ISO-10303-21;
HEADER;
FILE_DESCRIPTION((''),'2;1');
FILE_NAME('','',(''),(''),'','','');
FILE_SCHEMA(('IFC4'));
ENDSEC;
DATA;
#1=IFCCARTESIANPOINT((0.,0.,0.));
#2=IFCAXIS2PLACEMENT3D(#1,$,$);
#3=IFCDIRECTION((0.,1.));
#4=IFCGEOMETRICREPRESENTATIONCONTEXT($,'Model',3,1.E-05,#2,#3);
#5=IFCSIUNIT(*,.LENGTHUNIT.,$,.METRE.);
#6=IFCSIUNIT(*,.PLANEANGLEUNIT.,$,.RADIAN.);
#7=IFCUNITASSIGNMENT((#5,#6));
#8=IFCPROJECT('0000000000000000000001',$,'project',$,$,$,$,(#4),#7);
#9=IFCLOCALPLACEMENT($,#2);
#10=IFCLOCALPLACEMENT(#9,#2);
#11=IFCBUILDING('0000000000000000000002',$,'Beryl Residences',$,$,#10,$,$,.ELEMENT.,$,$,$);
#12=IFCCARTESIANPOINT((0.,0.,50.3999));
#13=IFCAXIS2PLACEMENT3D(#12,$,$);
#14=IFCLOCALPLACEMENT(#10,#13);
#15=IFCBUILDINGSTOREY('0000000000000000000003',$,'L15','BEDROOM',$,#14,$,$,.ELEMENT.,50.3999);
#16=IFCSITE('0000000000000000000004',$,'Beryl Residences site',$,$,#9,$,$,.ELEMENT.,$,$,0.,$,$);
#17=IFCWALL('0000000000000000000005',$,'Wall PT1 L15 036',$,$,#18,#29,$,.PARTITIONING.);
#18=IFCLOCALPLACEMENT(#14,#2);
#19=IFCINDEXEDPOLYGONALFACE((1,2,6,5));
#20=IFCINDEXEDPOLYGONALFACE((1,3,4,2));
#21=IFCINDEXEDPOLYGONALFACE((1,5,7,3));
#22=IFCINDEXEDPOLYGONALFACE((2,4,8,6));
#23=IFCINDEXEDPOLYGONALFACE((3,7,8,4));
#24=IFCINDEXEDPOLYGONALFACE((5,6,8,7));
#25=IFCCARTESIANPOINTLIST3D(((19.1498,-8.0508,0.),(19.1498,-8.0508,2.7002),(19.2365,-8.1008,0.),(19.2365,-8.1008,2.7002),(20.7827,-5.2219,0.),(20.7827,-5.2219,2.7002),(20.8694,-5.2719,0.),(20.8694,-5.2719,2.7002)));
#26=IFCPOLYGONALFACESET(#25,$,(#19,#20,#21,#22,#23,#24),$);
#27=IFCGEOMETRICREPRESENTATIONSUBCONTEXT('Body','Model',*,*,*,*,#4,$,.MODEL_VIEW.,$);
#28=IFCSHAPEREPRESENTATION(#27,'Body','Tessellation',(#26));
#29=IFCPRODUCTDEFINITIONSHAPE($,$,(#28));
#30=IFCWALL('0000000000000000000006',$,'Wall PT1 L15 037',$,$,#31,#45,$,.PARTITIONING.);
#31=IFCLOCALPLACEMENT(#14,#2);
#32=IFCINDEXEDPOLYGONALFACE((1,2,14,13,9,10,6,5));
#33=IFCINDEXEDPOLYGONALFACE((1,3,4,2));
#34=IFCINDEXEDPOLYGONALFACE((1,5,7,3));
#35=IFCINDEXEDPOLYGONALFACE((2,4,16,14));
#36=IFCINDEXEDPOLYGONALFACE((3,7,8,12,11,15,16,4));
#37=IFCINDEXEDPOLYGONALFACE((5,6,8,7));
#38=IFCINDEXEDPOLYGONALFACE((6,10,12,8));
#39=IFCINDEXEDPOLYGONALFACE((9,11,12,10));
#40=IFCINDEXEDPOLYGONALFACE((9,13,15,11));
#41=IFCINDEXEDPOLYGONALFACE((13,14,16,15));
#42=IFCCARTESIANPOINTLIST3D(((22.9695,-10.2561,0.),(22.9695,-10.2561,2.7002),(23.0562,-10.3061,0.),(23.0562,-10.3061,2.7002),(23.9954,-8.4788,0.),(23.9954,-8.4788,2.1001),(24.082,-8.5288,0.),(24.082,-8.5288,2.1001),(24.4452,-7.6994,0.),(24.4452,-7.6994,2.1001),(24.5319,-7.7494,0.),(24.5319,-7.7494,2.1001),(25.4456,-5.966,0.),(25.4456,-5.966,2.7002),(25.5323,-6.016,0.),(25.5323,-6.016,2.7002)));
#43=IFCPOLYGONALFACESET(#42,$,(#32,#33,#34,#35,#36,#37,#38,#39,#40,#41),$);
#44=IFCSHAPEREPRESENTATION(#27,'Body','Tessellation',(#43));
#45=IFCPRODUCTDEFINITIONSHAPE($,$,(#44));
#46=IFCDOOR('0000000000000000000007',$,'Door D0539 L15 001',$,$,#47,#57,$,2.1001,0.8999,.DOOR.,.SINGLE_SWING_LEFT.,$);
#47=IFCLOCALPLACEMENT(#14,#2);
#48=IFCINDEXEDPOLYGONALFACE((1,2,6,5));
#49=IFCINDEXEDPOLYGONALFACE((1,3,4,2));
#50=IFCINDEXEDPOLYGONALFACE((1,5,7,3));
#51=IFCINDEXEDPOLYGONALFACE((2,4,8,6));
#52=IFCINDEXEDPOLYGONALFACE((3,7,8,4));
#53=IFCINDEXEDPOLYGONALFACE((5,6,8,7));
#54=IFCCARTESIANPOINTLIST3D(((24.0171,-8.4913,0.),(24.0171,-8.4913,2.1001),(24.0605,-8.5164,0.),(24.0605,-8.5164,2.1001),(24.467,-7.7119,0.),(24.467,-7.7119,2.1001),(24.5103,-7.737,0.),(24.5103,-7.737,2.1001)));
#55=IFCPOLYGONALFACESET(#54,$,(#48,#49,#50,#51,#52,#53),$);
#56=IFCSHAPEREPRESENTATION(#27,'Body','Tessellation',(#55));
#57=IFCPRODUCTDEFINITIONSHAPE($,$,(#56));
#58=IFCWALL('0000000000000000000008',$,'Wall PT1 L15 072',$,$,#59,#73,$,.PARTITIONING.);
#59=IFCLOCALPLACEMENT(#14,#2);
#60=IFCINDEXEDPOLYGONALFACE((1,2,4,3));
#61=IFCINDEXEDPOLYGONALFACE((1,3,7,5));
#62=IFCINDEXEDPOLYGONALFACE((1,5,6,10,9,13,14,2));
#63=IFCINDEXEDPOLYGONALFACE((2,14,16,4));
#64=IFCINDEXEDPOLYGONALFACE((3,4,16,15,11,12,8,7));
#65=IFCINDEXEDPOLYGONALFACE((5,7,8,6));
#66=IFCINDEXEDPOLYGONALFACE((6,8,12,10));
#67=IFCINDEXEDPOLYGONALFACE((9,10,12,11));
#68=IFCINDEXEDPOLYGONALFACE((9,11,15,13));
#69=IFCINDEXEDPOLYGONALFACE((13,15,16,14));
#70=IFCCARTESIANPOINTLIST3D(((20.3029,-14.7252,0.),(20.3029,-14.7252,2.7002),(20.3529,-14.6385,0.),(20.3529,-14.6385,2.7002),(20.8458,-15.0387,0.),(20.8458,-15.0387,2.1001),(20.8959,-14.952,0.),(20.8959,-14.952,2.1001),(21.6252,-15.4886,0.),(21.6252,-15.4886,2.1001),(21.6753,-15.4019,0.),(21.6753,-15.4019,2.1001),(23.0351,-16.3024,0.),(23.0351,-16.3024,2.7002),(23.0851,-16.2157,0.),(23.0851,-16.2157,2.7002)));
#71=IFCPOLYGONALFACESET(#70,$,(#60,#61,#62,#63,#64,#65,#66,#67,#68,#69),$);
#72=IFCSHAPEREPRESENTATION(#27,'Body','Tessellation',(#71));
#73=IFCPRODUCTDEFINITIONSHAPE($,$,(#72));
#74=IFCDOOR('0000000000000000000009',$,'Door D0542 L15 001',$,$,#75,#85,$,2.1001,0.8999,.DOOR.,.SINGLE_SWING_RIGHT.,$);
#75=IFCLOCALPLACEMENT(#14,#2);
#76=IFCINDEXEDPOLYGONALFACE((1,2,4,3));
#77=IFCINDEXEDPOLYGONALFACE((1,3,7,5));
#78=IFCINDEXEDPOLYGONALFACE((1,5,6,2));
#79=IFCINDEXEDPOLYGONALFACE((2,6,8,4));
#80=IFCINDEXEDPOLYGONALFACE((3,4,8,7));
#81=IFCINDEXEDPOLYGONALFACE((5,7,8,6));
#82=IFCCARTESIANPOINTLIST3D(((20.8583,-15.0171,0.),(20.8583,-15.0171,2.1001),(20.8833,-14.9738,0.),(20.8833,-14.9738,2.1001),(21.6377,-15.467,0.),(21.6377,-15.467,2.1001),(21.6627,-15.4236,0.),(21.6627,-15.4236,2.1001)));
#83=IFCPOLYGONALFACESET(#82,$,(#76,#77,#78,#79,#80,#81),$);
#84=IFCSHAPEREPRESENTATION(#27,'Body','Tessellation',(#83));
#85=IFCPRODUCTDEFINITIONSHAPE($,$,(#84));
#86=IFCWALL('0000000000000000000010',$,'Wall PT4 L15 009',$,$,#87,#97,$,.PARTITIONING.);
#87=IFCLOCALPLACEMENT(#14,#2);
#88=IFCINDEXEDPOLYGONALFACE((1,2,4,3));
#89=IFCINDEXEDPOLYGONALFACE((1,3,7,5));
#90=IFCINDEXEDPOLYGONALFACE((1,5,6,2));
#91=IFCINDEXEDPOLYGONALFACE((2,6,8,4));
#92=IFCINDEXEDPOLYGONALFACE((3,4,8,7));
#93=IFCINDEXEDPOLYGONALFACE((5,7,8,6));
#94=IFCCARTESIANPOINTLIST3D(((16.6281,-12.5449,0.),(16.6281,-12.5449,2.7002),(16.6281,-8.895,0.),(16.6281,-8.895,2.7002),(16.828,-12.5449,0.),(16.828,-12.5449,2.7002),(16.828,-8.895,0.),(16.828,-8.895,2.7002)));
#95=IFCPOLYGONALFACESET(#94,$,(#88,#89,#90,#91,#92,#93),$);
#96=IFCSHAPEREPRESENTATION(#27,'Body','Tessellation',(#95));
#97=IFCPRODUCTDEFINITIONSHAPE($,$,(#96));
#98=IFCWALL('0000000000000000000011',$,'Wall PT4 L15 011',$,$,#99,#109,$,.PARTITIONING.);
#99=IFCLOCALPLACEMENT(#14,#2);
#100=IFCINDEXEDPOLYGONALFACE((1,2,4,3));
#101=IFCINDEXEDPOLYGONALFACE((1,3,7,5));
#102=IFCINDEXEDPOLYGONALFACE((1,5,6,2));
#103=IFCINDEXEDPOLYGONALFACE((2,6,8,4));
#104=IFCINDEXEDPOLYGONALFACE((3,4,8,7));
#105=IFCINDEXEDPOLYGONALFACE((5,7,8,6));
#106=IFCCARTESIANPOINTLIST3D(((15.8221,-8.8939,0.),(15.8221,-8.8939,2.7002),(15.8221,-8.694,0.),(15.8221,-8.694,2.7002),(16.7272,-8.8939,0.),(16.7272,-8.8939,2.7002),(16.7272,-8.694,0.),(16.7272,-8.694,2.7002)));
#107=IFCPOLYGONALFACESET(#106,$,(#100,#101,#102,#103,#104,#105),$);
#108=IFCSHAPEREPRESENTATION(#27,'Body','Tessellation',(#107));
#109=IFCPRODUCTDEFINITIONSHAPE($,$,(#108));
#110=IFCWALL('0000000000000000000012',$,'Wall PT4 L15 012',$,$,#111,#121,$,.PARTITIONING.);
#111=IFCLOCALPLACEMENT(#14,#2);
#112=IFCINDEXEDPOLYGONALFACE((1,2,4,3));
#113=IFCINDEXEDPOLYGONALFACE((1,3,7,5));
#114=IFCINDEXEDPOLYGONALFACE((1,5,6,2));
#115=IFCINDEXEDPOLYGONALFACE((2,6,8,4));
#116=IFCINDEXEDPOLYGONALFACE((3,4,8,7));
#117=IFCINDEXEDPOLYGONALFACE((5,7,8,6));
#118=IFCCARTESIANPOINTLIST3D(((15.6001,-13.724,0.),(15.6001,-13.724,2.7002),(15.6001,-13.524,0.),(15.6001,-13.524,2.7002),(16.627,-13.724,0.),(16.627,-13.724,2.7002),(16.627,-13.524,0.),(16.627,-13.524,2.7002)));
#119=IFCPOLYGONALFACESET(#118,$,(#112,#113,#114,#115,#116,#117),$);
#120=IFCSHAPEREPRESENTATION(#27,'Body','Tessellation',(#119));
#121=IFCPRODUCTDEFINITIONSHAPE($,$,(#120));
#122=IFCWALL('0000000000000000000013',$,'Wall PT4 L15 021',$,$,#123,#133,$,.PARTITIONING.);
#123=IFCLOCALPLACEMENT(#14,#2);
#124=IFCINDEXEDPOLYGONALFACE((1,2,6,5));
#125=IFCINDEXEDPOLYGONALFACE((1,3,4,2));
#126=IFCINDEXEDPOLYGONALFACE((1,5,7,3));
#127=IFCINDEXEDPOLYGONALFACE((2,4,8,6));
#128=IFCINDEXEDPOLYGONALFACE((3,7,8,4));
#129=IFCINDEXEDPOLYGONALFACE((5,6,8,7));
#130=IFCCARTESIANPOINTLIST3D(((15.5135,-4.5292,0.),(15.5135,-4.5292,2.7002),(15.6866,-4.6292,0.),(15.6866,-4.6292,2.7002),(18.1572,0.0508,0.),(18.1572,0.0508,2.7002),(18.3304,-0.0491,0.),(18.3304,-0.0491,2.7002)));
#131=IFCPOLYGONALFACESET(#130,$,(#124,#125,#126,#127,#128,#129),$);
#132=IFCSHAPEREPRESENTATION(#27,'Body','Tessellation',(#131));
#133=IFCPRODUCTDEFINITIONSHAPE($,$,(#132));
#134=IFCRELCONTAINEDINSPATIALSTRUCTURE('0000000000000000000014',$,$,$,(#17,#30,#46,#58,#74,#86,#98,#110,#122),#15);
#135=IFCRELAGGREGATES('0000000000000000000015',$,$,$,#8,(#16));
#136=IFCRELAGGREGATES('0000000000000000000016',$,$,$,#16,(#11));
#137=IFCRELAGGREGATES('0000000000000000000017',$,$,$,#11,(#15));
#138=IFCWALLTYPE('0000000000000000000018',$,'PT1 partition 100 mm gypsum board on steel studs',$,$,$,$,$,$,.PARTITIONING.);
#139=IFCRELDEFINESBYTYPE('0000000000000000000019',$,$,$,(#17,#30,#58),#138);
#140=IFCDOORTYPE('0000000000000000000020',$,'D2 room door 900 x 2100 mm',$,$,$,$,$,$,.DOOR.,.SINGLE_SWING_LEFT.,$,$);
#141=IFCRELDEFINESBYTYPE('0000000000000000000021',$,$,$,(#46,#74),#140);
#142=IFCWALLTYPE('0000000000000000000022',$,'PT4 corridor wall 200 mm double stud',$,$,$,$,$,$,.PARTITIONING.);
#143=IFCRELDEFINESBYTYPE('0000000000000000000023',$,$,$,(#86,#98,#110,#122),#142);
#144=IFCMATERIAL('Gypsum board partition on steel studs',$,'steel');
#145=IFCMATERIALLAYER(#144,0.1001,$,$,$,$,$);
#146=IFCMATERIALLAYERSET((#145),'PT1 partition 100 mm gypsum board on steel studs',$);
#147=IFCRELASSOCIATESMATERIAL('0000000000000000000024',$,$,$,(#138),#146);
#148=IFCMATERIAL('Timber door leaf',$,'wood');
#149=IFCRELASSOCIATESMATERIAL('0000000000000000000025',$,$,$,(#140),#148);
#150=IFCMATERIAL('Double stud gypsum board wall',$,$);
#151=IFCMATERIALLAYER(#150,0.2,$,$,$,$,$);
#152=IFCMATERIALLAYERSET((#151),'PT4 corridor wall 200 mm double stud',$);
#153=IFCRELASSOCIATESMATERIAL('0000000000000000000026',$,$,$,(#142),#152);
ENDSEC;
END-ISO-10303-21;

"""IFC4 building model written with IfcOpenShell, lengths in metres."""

from ifc_helpers import new_model, si_unit, direction, frame, frame_2d, origin, place, context, subcontext, project, spatial, rectangle, extrude, material, layer, layer_set, type_object, element, fill, save


model = new_model("IFC4")

# Units and contexts
model_context = context("Model", 3, precision=1e-05, world=origin(), true_north=direction((0.0, 1.0)))
body_context = subcontext(model_context, "Body", "Model", "MODEL_VIEW")
ifc_project = project(units=[si_unit("LENGTHUNIT", "METRE"), si_unit("PLANEANGLEUNIT", "RADIAN")], contexts=[model_context])

# Site, building, storey
site_placement = place(None, origin())
site = spatial("IfcSite", under=ifc_project, at=site_placement, Name="Beryl Residences site", CompositionType="ELEMENT", RefElevation=0.0)
building_placement = place(site_placement, origin())
building = spatial("IfcBuilding", under=site, at=building_placement, Name="Beryl Residences", CompositionType="ELEMENT")
storey_placement = place(building_placement, frame((0.0, 0.0, 50.3999)))
storey = spatial("IfcBuildingStorey", under=building, at=storey_placement, Name="L15", Description="BEDROOM", CompositionType="ELEMENT", Elevation=50.3999)

# Shared definitions
ifc_material_1 = material(Name="Gypsum board partition on steel studs", Category="steel")
ifc_layer_1 = layer(ifc_material_1, 0.1001)
ifc_layer_set_1 = layer_set([ifc_layer_1], Name="PT1 partition 100 mm gypsum board on steel studs")
wall_type_1 = type_object("IfcWallType", Name="PT1 partition 100 mm gypsum board on steel studs", PredefinedType="PARTITIONING", material=ifc_layer_set_1)

# Shared definitions
ifc_material_2 = material(Name="Timber door leaf", Category="wood")
door_type_1 = type_object("IfcDoorType", Name="D2 room door 900 x 2100 mm", OperationType="SINGLE_SWING_LEFT", PredefinedType="DOOR", material=ifc_material_2)

# Wall
wall_1_placement = place(storey_placement, frame((19.1931, -8.0759, 0.0), z_axis=(0.0, 0.0, 1.0), x_axis=(0.499901, 0.866082, 0.0)))
element("IfcWall", 1, at=wall_1_placement, inside=storey, type_object=wall_type_1, Name="Wall PT1 L15 036", PredefinedType="PARTITIONING", context=body_context, shape_type="SweptSolid", body=[
    extrude(rectangle(XDim=3.2664, YDim=0.1001, at=frame_2d((1.6333, 0.0))), origin(), (0.0, 0.0, 1.0), 2.7002),
])

# Walls, openings, doors
wall_2_placement = place(storey_placement, frame((23.0129, -10.281, 0.0), z_axis=(0.0, 0.0, 1.0), x_axis=(0.499882, 0.866094, 0.0)))
wall_2 = element("IfcWall", 2, at=wall_2_placement, inside=storey, type_object=wall_type_1, Name="Wall PT1 L15 037", PredefinedType="PARTITIONING", context=body_context, shape_type="SweptSolid", body=[
    extrude(rectangle(XDim=4.9534, YDim=0.1001, at=frame_2d((2.4766, 0.0))), origin(), (0.0, 0.0, 1.0), 2.7002),
])
opening_1_placement = place(wall_2_placement, frame((2.052, 0.0, 0.0)))
opening_1 = element("IfcOpeningElement", 3, at=opening_1_placement, cuts=wall_2, PredefinedType="OPENING", context=body_context, shape_type="SweptSolid", body=[
    extrude(rectangle(XDim=0.8999, YDim=2.1001, at=frame_2d((0.45, 1.05))), frame((0.0, 0.0601, 0.0), z_axis=(0.0, -1.0, 0.0), x_axis=(1.0, 0.0, 0.0)), (0.0, 0.0, 1.0), 0.1201),
])
door_1_placement = place(opening_1_placement, origin())
door_1 = element("IfcDoor", 4, at=door_1_placement, inside=storey, type_object=door_type_1, Name="Door D0539 L15 001", OperationType="SINGLE_SWING_LEFT", OverallHeight=2.1001, OverallWidth=0.8999, PredefinedType="DOOR", context=body_context, shape_type="SweptSolid", body=[
    extrude(rectangle(XDim=0.8999, YDim=2.1001, at=frame_2d((0.45, 1.05))), frame((0.0, 0.0249, 0.0), z_axis=(0.0, -1.0, 0.0), x_axis=(1.0, 0.0, 0.0)), (0.0, 0.0, 1.0), 0.05),
])
fill(opening_1, door_1)
wall_3_placement = place(storey_placement, frame((20.3279, -14.6819, 0.0), z_axis=(0.0, 0.0, 1.0), x_axis=(0.866063, -0.499935, 0.0)))
wall_3 = element("IfcWall", 5, at=wall_3_placement, inside=storey, type_object=wall_type_1, Name="Wall PT1 L15 072", PredefinedType="PARTITIONING", context=body_context, shape_type="SweptSolid", body=[
    extrude(rectangle(XDim=3.1548, YDim=0.1001, at=frame_2d((1.5774, 0.0))), origin(), (0.0, 0.0, 1.0), 2.7002),
])
opening_2_placement = place(wall_3_placement, frame((0.627, 0.0, 0.0)))
opening_2 = element("IfcOpeningElement", 6, at=opening_2_placement, cuts=wall_3, PredefinedType="OPENING", context=body_context, shape_type="SweptSolid", body=[
    extrude(rectangle(XDim=0.8999, YDim=2.1001, at=frame_2d((0.45, 1.05))), frame((0.0, 0.0601, 0.0), z_axis=(0.0, -1.0, 0.0), x_axis=(1.0, 0.0, 0.0)), (0.0, 0.0, 1.0), 0.1201),
])
door_2_placement = place(opening_2_placement, origin())
door_2 = element("IfcDoor", 7, at=door_2_placement, inside=storey, type_object=door_type_1, Name="Door D0542 L15 001", OperationType="SINGLE_SWING_RIGHT", OverallHeight=2.1001, OverallWidth=0.8999, PredefinedType="DOOR", context=body_context, shape_type="SweptSolid", body=[
    extrude(rectangle(XDim=0.8999, YDim=2.1001, at=frame_2d((0.45, 1.05))), frame((0.0, 0.0249, 0.0), z_axis=(0.0, -1.0, 0.0), x_axis=(1.0, 0.0, 0.0)), (0.0, 0.0, 1.0), 0.05),
])
fill(opening_2, door_2)

# Walls
ifc_material_3 = material(Name="Double stud gypsum board wall")
ifc_layer_2 = layer(ifc_material_3, 0.2)
ifc_layer_set_2 = layer_set([ifc_layer_2], Name="PT4 corridor wall 200 mm double stud")
wall_type_2 = type_object("IfcWallType", Name="PT4 corridor wall 200 mm double stud", PredefinedType="PARTITIONING", material=ifc_layer_set_2)
wall_4_placement = place(storey_placement, frame((16.728, -8.895, 0.0), z_axis=(0.0, 0.0, 1.0), x_axis=(0.0, -1.0, 0.0)))
element("IfcWall", 8, at=wall_4_placement, inside=storey, type_object=wall_type_2, Name="Wall PT4 L15 009", PredefinedType="PARTITIONING", context=body_context, shape_type="SweptSolid", body=[
    extrude(rectangle(XDim=3.6499, YDim=0.2, at=frame_2d((1.825, 0.0))), origin(), (0.0, 0.0, 1.0), 2.7002),
])
wall_5_placement = place(storey_placement, frame((15.822, -8.7939, 0.0), z_axis=(0.0, 0.0, 1.0), x_axis=(1.0, 0.0, 0.0)))
element("IfcWall", 9, at=wall_5_placement, inside=storey, type_object=wall_type_2, Name="Wall PT4 L15 011", PredefinedType="PARTITIONING", context=body_context, shape_type="SweptSolid", body=[
    extrude(rectangle(XDim=0.905, YDim=0.2, at=frame_2d((0.4526, 0.0))), origin(), (0.0, 0.0, 1.0), 2.7002),
])
wall_6_placement = place(storey_placement, frame((15.6001, -13.624, 0.0), z_axis=(0.0, 0.0, 1.0), x_axis=(1.0, 0.0, 0.0)))
element("IfcWall", 10, at=wall_6_placement, inside=storey, type_object=wall_type_2, Name="Wall PT4 L15 012", PredefinedType="PARTITIONING", context=body_context, shape_type="SweptSolid", body=[
    extrude(rectangle(XDim=1.0269, YDim=0.2, at=frame_2d((0.5134, 0.0))), origin(), (0.0, 0.0, 1.0), 2.7002),
])
wall_7_placement = place(storey_placement, frame((15.6001, -4.5791, 0.0), z_axis=(0.0, 0.0, 1.0), x_axis=(0.499928, 0.866067, 0.0)))
element("IfcWall", 11, at=wall_7_placement, inside=storey, type_object=wall_type_2, Name="Wall PT4 L15 021", PredefinedType="PARTITIONING", context=body_context, shape_type="SweptSolid", body=[
    extrude(rectangle(XDim=5.2883, YDim=0.2, at=frame_2d((2.644, 0.0))), origin(), (0.0, 0.0, 1.0), 2.7002),
])

save(model, "model.ifc")
